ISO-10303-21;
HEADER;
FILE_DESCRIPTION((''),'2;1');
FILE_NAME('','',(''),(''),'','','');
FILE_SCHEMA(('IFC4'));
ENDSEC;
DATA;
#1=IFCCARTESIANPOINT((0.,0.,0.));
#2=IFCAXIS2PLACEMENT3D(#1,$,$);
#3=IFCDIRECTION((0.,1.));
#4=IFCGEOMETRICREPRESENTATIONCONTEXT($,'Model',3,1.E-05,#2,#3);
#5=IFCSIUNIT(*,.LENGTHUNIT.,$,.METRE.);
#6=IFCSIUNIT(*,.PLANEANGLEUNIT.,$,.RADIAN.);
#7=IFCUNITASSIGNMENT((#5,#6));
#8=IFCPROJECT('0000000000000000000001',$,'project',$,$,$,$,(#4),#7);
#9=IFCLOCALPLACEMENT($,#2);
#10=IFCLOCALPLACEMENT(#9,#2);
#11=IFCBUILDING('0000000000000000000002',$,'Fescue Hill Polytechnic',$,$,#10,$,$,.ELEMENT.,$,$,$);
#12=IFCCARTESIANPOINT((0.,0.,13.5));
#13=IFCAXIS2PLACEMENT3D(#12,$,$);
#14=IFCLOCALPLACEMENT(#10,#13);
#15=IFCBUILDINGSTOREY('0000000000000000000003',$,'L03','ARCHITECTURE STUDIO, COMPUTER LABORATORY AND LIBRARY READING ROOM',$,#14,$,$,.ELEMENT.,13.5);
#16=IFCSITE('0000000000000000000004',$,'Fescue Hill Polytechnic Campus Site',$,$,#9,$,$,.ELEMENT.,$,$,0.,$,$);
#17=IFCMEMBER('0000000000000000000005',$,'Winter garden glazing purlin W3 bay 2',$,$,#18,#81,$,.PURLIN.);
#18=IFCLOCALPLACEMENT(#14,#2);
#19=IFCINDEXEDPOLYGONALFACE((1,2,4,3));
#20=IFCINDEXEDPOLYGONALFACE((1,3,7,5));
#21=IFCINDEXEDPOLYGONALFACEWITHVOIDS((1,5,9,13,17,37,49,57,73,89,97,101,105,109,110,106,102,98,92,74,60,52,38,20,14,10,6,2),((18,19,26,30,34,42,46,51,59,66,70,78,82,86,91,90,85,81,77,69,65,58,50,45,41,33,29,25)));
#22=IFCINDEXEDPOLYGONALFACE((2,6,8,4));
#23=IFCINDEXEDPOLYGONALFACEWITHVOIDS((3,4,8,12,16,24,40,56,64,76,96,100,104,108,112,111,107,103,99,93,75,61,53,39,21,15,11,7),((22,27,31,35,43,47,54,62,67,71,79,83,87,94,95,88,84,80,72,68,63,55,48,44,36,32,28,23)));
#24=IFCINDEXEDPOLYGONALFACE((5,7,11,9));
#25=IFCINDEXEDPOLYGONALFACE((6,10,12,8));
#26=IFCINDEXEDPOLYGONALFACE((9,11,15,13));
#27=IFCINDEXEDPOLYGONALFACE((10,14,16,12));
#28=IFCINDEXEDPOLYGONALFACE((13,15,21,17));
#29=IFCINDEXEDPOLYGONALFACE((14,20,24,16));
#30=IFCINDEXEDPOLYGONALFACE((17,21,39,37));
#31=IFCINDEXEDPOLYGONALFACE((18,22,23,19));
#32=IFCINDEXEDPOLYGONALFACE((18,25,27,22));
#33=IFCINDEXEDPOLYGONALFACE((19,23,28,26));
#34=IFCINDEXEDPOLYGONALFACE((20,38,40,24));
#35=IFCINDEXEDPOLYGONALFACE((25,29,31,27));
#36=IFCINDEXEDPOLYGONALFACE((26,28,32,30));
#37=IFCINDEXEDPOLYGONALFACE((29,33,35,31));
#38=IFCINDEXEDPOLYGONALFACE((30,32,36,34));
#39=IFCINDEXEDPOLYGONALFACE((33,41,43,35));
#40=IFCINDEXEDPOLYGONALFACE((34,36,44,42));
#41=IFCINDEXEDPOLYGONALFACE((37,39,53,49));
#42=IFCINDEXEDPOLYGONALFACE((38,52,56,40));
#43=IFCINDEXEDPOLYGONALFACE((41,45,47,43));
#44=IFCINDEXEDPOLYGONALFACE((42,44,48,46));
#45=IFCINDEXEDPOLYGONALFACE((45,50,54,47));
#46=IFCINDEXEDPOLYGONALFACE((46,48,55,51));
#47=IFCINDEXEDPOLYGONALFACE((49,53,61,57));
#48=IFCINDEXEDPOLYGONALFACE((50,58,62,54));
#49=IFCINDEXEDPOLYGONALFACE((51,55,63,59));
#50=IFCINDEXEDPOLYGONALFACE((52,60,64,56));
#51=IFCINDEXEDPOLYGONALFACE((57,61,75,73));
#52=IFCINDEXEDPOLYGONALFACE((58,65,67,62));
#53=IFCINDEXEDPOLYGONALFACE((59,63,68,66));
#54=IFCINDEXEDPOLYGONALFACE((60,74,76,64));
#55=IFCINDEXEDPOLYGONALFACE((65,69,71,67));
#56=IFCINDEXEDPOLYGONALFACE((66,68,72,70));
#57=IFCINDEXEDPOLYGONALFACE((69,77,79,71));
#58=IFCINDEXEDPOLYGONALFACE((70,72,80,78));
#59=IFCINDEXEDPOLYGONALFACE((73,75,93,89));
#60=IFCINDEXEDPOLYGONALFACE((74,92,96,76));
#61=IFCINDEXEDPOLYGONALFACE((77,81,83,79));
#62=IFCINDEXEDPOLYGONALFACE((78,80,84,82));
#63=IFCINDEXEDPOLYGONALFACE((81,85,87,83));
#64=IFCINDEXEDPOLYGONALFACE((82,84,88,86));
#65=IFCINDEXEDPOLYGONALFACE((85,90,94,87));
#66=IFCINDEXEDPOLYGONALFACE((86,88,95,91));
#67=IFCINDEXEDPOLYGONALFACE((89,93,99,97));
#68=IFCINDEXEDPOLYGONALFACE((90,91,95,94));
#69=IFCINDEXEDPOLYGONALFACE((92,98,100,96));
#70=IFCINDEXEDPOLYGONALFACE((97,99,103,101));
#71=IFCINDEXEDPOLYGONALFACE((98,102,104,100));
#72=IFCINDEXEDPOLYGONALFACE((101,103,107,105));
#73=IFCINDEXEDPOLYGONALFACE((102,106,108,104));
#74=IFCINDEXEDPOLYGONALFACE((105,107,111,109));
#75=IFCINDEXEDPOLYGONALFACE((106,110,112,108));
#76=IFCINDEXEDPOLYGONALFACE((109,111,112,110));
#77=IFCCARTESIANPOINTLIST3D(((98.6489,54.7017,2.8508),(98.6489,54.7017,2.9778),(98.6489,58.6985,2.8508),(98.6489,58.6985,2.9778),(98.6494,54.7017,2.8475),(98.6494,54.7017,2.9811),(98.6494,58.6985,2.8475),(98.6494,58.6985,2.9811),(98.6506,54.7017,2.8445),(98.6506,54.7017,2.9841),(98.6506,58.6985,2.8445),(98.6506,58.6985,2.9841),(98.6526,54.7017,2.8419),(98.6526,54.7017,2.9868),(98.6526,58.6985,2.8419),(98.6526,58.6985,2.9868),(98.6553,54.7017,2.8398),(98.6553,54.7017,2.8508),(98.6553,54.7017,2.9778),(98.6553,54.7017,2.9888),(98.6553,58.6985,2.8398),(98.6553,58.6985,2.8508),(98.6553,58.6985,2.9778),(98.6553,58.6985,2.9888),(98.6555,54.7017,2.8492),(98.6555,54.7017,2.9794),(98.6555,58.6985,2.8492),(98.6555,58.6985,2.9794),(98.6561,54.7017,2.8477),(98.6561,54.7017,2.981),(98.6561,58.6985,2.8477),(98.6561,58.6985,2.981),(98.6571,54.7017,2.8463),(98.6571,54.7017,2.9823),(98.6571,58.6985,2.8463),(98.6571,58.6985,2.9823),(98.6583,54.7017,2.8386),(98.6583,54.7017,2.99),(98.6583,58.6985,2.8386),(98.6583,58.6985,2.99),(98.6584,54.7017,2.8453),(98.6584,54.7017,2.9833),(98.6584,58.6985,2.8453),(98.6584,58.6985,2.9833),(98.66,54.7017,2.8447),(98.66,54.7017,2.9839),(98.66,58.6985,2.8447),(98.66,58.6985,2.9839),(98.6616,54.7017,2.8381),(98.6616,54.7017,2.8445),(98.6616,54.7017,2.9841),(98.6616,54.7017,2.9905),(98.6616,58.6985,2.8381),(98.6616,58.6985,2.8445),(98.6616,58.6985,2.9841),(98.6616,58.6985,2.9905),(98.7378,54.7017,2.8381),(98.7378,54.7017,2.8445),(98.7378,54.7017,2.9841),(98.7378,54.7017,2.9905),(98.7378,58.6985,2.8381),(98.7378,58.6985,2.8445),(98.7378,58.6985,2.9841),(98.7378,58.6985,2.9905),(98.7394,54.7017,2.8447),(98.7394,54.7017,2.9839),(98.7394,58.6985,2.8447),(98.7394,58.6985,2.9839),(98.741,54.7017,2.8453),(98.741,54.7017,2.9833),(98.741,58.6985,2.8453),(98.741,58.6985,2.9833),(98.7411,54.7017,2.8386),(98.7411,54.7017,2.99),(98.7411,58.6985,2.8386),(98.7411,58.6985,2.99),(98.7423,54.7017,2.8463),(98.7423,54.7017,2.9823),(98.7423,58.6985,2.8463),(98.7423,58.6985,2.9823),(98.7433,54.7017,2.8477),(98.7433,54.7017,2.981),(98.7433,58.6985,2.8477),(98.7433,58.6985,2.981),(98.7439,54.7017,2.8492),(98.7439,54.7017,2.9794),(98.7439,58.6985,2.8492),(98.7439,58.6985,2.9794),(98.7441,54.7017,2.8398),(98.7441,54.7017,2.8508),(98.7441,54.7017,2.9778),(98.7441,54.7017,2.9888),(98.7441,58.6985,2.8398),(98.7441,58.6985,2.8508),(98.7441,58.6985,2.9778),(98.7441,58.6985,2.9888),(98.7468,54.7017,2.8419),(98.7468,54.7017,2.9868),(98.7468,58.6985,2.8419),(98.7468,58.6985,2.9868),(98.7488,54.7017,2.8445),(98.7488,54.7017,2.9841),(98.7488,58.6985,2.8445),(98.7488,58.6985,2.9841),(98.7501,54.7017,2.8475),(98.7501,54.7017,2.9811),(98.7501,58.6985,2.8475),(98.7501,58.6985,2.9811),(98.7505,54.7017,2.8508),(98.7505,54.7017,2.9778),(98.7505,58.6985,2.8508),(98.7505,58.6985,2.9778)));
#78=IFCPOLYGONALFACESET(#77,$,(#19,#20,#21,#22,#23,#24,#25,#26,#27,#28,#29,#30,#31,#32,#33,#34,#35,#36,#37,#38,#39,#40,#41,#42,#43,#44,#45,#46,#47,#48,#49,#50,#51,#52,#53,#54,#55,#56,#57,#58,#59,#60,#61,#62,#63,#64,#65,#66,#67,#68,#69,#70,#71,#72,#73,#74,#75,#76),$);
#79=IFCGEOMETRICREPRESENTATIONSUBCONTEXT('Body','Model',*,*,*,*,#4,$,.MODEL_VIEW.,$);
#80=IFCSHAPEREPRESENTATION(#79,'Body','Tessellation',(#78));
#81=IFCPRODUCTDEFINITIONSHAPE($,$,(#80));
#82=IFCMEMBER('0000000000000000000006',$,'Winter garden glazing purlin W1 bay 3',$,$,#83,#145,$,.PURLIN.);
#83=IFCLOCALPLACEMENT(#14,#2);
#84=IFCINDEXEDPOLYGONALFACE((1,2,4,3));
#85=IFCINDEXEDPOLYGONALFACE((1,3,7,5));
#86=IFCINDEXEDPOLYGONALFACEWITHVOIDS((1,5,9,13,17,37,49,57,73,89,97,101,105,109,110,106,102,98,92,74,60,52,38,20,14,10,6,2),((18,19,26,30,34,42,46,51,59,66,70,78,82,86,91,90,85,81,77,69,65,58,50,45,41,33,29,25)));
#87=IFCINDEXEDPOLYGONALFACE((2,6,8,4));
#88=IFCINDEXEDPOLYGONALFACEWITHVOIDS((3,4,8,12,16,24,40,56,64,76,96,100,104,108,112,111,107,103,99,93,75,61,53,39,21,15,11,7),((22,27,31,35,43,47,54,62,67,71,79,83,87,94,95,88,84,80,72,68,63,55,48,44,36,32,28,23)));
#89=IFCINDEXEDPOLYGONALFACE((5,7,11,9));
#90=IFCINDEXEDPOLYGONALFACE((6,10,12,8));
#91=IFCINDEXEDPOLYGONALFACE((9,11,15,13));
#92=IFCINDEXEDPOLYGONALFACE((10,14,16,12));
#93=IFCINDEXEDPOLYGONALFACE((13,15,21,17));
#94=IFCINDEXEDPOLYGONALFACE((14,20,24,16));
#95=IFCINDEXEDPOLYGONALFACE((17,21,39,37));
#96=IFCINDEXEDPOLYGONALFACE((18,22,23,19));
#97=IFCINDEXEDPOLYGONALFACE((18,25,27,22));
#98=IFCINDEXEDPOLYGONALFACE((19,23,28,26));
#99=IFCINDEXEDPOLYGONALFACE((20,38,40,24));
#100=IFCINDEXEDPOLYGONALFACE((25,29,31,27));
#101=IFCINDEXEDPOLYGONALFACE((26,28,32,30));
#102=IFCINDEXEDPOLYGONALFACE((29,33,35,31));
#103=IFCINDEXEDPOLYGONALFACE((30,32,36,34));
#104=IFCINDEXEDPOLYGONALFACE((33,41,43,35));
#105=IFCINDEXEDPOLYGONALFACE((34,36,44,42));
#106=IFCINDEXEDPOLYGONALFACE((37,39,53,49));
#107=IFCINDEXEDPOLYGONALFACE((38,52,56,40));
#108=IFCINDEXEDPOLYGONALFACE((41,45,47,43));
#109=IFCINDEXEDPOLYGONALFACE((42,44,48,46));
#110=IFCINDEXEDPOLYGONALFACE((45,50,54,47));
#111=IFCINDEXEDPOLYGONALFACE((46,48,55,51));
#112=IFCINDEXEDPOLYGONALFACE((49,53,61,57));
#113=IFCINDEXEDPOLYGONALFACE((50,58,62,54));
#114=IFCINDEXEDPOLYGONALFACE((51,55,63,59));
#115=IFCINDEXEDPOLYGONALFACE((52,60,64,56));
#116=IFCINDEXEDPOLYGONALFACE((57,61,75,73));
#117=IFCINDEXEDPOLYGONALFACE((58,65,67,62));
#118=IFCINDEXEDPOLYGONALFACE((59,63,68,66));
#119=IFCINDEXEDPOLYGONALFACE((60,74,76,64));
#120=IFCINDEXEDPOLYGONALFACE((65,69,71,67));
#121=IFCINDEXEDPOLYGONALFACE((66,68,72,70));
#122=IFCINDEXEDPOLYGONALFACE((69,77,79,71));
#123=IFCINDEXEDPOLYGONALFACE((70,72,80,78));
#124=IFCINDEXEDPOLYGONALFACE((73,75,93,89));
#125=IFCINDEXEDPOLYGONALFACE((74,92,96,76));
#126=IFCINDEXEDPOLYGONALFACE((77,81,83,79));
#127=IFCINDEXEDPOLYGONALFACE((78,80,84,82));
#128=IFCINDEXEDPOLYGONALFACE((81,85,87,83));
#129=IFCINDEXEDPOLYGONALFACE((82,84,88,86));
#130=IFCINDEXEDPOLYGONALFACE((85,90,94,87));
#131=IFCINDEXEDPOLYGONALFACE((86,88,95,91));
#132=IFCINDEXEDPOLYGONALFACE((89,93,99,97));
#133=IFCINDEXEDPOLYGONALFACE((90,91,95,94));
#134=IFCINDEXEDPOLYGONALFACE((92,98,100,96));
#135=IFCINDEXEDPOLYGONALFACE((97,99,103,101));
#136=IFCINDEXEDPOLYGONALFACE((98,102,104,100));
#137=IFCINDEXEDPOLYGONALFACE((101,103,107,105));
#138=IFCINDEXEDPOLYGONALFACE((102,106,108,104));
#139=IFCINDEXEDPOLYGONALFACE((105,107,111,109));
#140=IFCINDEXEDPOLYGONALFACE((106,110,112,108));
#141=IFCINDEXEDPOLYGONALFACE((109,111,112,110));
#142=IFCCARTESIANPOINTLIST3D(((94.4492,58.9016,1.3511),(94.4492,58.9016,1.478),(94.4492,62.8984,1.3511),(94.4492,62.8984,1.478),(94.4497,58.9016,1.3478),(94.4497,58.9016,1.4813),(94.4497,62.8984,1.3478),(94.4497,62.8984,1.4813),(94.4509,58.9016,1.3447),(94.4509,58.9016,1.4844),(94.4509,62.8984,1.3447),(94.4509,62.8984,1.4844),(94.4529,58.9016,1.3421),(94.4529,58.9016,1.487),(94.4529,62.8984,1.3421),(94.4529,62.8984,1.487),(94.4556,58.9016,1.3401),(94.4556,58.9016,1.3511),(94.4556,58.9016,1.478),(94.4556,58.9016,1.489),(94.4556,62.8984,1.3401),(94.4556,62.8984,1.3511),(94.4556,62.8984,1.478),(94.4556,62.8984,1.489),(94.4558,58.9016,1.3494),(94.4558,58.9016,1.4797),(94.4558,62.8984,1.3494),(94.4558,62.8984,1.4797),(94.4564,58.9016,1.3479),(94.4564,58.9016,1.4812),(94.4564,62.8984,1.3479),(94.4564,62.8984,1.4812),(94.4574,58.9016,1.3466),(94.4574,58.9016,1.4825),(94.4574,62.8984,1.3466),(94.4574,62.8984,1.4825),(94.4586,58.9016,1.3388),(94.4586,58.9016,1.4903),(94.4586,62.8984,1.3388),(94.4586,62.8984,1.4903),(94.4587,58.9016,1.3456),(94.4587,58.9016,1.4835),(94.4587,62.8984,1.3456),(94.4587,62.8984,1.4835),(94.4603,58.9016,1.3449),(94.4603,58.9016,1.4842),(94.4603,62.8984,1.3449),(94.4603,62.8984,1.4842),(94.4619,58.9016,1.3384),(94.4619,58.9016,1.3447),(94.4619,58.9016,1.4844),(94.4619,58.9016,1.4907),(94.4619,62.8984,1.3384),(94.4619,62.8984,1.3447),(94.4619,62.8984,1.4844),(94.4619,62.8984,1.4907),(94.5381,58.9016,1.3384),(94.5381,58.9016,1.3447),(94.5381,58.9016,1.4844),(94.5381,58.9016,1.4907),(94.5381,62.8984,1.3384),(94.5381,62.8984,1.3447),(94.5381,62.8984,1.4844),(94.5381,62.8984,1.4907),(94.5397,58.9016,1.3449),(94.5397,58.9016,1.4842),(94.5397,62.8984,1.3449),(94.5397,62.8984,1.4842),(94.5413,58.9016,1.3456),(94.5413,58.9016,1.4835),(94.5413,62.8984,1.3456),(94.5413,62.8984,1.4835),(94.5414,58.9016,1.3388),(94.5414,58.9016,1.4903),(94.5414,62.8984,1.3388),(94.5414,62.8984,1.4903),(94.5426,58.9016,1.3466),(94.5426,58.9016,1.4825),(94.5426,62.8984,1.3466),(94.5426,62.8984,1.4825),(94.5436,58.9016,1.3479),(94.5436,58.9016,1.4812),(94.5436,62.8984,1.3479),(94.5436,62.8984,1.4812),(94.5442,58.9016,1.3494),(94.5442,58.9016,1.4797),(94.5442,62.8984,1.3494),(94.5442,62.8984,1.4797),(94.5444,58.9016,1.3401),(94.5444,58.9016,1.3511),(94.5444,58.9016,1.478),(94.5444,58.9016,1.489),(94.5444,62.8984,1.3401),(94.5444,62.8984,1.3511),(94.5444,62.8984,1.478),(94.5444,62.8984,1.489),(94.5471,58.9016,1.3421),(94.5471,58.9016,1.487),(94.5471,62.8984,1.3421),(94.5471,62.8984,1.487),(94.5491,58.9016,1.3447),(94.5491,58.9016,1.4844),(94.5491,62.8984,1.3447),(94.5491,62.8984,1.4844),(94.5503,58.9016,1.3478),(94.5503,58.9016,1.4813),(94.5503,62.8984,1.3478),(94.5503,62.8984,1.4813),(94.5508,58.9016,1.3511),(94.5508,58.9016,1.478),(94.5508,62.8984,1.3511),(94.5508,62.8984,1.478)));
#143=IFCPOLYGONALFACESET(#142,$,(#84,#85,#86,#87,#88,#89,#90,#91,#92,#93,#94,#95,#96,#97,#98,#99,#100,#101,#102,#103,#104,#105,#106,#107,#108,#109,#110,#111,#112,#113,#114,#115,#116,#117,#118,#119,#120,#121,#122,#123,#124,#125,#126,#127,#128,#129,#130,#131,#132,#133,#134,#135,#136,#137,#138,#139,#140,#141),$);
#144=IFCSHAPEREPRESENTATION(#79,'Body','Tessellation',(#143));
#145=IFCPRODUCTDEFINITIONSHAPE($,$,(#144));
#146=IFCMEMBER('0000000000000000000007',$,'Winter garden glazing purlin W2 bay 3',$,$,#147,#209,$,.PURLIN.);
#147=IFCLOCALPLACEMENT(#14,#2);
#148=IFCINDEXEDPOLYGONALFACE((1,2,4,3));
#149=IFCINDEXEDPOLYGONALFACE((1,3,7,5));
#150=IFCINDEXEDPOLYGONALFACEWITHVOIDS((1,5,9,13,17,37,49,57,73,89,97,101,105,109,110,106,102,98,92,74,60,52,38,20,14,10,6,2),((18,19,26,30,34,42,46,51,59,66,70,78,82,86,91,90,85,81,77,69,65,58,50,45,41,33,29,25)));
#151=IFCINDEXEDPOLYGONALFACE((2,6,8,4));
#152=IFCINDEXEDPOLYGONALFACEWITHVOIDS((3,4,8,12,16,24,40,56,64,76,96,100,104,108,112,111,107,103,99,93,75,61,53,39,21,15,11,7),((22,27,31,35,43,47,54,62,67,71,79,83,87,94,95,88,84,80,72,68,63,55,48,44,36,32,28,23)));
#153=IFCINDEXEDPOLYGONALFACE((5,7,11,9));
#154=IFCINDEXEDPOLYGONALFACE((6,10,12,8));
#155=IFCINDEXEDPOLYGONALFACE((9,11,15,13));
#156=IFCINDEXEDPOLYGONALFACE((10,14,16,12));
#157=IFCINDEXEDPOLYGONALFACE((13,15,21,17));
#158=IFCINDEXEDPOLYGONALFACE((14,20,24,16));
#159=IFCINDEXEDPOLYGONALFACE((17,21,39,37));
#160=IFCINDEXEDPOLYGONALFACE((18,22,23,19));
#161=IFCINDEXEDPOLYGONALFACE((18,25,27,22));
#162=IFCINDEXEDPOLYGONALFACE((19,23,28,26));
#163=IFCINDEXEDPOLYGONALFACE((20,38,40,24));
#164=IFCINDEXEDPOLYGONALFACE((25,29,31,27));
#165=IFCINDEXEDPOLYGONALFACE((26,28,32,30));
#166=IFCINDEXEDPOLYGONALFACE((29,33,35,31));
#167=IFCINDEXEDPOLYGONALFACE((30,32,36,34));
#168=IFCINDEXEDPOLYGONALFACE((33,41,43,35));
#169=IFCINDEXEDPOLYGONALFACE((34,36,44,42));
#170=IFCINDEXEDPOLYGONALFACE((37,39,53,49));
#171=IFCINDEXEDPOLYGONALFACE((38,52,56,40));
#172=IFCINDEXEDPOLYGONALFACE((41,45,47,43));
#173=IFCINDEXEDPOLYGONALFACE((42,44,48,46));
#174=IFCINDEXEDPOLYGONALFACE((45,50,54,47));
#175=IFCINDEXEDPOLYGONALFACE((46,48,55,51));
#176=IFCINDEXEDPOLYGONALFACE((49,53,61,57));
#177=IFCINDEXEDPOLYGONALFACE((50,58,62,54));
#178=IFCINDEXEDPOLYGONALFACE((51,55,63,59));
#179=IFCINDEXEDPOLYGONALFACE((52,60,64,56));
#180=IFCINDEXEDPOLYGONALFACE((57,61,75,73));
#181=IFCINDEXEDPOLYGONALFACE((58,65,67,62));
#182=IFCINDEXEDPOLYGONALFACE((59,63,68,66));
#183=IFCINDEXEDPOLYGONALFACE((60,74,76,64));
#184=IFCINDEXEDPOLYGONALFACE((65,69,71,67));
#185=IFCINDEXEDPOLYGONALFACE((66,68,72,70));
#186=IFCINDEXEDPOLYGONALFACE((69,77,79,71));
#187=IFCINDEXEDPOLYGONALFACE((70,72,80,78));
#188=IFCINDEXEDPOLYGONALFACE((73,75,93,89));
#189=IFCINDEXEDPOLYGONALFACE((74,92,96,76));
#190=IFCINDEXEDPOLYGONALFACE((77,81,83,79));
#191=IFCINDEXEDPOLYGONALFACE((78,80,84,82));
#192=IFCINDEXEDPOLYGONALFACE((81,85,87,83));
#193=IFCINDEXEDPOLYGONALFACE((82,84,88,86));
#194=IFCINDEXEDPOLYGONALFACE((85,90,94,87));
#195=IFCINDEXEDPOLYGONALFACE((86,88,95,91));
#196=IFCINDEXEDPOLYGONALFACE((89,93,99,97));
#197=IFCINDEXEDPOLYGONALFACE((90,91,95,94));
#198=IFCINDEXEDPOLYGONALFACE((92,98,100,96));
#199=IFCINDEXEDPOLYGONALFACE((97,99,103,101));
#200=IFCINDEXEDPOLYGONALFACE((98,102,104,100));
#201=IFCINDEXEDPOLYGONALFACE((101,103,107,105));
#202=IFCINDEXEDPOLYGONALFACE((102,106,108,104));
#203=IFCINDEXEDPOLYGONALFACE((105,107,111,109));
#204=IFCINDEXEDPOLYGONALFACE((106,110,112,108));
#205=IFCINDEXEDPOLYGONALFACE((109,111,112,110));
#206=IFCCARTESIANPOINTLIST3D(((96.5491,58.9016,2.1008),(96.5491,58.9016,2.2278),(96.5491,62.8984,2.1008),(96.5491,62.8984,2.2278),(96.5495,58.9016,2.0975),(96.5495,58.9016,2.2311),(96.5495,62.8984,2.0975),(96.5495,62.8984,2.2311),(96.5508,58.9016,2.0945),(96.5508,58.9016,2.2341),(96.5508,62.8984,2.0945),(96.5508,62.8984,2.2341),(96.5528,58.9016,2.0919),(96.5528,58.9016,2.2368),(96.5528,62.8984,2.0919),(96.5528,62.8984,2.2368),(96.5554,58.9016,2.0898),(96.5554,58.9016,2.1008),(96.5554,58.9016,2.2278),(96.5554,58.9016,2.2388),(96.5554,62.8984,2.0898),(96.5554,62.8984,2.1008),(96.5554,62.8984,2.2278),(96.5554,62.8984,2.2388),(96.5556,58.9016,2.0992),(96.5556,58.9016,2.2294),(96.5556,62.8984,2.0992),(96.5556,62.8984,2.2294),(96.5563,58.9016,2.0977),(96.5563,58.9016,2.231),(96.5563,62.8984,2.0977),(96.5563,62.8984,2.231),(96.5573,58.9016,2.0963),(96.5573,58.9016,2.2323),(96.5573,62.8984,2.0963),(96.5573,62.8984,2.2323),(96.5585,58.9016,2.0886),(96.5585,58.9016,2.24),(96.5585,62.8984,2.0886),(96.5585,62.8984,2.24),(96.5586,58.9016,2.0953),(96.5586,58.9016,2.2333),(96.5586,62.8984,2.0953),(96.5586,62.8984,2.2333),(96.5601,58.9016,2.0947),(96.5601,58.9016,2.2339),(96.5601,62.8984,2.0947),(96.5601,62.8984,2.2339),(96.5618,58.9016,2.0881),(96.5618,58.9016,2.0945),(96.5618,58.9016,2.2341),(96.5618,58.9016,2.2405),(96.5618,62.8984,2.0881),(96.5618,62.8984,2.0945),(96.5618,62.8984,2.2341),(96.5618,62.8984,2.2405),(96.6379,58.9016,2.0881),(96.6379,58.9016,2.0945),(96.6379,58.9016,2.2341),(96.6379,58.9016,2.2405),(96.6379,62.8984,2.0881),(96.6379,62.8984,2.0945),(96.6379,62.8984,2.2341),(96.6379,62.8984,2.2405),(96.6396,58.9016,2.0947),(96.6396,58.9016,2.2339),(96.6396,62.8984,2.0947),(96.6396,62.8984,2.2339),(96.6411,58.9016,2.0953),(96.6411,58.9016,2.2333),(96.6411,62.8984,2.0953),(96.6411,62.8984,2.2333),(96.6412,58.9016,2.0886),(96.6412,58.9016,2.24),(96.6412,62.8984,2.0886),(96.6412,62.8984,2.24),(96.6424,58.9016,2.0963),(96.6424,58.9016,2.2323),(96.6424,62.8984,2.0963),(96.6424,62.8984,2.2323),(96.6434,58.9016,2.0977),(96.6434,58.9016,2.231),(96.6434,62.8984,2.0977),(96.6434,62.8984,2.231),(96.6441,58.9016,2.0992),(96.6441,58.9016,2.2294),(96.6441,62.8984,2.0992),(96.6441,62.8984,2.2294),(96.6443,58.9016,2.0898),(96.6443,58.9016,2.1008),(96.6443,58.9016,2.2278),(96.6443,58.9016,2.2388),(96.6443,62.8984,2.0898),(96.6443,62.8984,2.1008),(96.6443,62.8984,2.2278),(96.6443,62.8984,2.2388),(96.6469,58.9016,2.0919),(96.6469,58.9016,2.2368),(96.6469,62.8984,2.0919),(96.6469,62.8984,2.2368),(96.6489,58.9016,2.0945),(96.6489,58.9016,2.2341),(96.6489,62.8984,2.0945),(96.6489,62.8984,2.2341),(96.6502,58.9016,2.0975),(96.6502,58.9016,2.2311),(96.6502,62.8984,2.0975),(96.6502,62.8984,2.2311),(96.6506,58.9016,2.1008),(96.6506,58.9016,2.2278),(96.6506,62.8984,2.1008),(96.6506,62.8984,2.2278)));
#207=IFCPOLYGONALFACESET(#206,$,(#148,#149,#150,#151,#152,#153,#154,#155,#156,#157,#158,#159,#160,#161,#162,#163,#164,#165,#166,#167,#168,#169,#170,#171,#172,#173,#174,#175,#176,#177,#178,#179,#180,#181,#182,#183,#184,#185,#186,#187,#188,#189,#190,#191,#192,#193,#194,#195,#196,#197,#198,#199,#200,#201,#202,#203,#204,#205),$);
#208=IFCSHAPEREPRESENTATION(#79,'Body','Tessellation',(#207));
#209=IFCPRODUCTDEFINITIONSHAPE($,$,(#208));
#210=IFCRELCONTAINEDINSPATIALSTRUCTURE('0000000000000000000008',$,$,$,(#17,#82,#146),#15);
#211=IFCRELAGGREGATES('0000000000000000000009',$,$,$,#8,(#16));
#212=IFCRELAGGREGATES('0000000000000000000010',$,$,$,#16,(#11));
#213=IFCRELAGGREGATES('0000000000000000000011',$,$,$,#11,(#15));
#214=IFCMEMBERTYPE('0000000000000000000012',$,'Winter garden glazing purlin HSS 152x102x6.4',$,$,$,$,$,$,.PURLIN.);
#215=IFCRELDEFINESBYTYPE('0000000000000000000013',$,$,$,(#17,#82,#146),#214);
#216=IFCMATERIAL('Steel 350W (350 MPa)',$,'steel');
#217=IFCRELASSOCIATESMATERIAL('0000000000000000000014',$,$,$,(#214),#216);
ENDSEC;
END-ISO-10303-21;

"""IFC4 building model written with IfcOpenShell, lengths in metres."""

from ifc_helpers import new_model, si_unit, direction, frame, origin, origin_2d, place, context, subcontext, project, spatial, hollow_rectangle, extrude, material, material_profile, profile_set, type_object, element, save


model = new_model("IFC4")

# Units and contexts
model_context = context("Model", 3, precision=1e-05, world=origin(), true_north=direction((0.0, 1.0)))
body_context = subcontext(model_context, "Body", "Model", "MODEL_VIEW")
ifc_project = project(units=[si_unit("LENGTHUNIT", "METRE"), si_unit("PLANEANGLEUNIT", "RADIAN")], contexts=[model_context])

# Site, building, storey
site_placement = place(None, origin())
site = spatial("IfcSite", under=ifc_project, at=site_placement, Name="Fescue Hill Polytechnic Campus Site", CompositionType="ELEMENT", RefElevation=0.0)
building_placement = place(site_placement, origin())
building = spatial("IfcBuilding", under=site, at=building_placement, Name="Fescue Hill Polytechnic", CompositionType="ELEMENT")
storey_placement = place(building_placement, frame((0.0, 0.0, 13.5)))
storey = spatial("IfcBuildingStorey", under=building, at=storey_placement, Name="L03", Description="ARCHITECTURE STUDIO, COMPUTER LABORATORY AND LIBRARY READING ROOM", CompositionType="ELEMENT", Elevation=13.5)

# Shared definitions
ifc_material_1 = material(Name="Steel 350W (350 MPa)", Category="steel")

# Members
ifc_material_profile_1 = material_profile(ifc_material_1, hollow_rectangle(XDim=0.1016, YDim=0.1523, WallThickness=0.0063, InnerFilletRadius=0.0063, OuterFilletRadius=0.0127, at=origin_2d()), Name="Winter garden glazing purlin HSS 152x102x6.4")
ifc_profile_set_1 = profile_set([ifc_material_profile_1], Name="Steel 350W (350 MPa)")
member_type_1 = type_object("IfcMemberType", Name="Winter garden glazing purlin HSS 152x102x6.4", PredefinedType="PURLIN", material=ifc_profile_set_1)
for number, where, z_axis, x_axis, name in (
    (1, (98.6997, 54.7017, 2.9143), (0.0, 1.0, 0.0), (-1.0, 0.0, 0.0), "Winter garden glazing purlin W3 bay 2"),
    (2, (94.5, 58.9016, 1.4146), (0.0, 1.0, 0.0), (-1.0, 0.0, 0.0), "Winter garden glazing purlin W1 bay 3"),
    (3, (96.5999, 58.9016, 2.1643), (0.0, 1.0, 0.0), (-1.0, 0.0, 0.0), "Winter garden glazing purlin W2 bay 3"),
):
    element("IfcMember", number, at=place(storey_placement, frame(where, z_axis=z_axis, x_axis=x_axis)), inside=storey, type_object=member_type_1, Name=name, PredefinedType="PURLIN", context=body_context, shape_type="SweptSolid", body=[
        extrude(hollow_rectangle(XDim=0.1016, YDim=0.1523, WallThickness=0.0063, InnerFilletRadius=0.0063, OuterFilletRadius=0.0127, at=origin_2d()), origin(), (0.0, 0.0, 1.0), 3.9968),
    ])

save(model, "model.ifc")
